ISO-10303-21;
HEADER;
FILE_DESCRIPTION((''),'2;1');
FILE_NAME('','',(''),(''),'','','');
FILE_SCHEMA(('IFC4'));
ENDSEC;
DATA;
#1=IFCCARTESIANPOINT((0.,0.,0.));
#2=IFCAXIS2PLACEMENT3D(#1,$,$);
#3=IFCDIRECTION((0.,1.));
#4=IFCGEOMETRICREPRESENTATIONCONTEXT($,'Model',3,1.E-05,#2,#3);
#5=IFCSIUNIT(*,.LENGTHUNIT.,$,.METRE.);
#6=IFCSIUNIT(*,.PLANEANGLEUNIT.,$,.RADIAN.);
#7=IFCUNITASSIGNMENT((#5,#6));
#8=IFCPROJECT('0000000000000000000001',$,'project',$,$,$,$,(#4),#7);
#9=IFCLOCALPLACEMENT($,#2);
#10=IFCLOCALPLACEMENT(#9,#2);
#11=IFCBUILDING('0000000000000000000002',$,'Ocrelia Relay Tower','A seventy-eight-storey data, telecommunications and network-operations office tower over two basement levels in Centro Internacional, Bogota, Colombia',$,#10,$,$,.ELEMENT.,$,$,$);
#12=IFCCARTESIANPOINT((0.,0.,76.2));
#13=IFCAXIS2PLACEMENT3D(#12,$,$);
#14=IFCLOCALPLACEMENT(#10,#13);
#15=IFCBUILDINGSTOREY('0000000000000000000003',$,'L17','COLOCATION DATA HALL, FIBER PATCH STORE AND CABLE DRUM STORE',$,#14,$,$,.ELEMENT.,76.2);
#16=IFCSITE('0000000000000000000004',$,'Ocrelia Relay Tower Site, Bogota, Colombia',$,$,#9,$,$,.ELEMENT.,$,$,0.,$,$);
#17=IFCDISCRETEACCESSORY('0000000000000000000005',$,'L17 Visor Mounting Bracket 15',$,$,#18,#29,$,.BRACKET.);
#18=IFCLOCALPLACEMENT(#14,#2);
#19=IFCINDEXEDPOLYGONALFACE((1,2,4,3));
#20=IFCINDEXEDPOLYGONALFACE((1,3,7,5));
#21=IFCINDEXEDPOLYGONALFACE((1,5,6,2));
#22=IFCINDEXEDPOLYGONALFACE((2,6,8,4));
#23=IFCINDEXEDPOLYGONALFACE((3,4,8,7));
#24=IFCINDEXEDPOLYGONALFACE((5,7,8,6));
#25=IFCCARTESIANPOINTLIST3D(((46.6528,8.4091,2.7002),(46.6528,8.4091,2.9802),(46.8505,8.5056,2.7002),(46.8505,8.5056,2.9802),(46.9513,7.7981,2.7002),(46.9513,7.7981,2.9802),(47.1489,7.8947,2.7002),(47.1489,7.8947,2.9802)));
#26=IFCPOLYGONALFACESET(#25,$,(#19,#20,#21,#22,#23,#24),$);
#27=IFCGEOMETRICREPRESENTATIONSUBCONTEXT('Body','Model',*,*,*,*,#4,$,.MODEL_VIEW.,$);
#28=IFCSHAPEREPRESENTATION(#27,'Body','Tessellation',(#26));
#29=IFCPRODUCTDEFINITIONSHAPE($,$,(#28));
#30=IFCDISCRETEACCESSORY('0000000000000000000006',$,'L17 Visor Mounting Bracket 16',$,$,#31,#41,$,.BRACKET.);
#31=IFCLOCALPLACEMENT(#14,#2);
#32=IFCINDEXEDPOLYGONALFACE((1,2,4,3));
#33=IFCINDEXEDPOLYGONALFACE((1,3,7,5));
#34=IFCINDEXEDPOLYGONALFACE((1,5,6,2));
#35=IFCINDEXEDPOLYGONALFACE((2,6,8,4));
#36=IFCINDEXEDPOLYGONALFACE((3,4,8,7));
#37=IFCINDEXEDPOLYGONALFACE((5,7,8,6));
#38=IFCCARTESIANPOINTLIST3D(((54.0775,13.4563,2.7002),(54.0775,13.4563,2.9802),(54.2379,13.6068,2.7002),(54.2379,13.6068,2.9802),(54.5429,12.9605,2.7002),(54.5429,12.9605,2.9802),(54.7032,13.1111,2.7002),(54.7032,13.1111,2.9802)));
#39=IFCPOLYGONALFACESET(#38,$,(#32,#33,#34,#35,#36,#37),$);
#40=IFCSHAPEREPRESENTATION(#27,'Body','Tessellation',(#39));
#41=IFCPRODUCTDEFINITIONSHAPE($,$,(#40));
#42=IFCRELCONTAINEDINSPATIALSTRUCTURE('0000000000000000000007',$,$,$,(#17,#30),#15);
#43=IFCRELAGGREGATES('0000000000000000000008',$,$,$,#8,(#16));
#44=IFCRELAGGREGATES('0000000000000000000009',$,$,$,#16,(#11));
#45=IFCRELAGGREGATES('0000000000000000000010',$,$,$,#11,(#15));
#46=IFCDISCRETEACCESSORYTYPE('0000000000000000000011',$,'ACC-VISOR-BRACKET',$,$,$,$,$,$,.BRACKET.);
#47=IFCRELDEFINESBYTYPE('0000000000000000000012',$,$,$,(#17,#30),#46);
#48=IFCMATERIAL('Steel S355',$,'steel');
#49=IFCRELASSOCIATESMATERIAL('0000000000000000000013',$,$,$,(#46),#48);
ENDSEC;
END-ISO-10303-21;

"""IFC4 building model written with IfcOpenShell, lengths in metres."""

from ifc_helpers import new_model, si_unit, direction, frame, origin, origin_2d, place, context, subcontext, project, spatial, rectangle, extrude, material, type_object, element, save


model = new_model("IFC4")

# Units and contexts
model_context = context("Model", 3, precision=1e-05, world=origin(), true_north=direction((0.0, 1.0)))
body_context = subcontext(model_context, "Body", "Model", "MODEL_VIEW")
ifc_project = project(units=[si_unit("LENGTHUNIT", "METRE"), si_unit("PLANEANGLEUNIT", "RADIAN")], contexts=[model_context])

# Site, building, storey
site_placement = place(None, origin())
site = spatial("IfcSite", under=ifc_project, at=site_placement, Name="Ocrelia Relay Tower Site, Bogota, Colombia", CompositionType="ELEMENT", RefElevation=0.0)
building_placement = place(site_placement, origin())
building = spatial("IfcBuilding", under=site, at=building_placement, Name="Ocrelia Relay Tower", Description="A seventy-eight-storey data, telecommunications and network-operations office tower over two basement levels in Centro Internacional, Bogota, Colombia", CompositionType="ELEMENT")
storey_placement = place(building_placement, frame((0.0, 0.0, 76.2)))
storey = spatial("IfcBuildingStorey", under=building, at=storey_placement, Name="L17", Description="COLOCATION DATA HALL, FIBER PATCH STORE AND CABLE DRUM STORE", CompositionType="ELEMENT", Elevation=76.2)

# Shared definitions
ifc_material_1 = material(Name="Steel S355", Category="steel")

# Discrete accessories
discrete_accessory_type_1 = type_object("IfcDiscreteAccessoryType", Name="ACC-VISOR-BRACKET", PredefinedType="BRACKET", material=ifc_material_1)
for number, where, z_axis, x_axis, name in (
    (1, (46.9009, 8.1519, 2.7002), (0.0, 0.0, 1.0), (0.898546, 0.438879, 0.0), "L17 Visor Mounting Bracket 15"),
    (2, (54.3904, 13.2837, 2.7002), (0.0, 0.0, 1.0), (0.729124, 0.684382, 0.0), "L17 Visor Mounting Bracket 16"),
):
    element("IfcDiscreteAccessory", number, at=place(storey_placement, frame(where, z_axis=z_axis, x_axis=x_axis)), inside=storey, type_object=discrete_accessory_type_1, Name=name, PredefinedType="BRACKET", context=body_context, shape_type="SweptSolid", body=[
        extrude(rectangle(XDim=0.22, YDim=0.6799, at=origin_2d()), origin(), (0.0, 0.0, 1.0), 0.28),
    ])

save(model, "model.ifc")
